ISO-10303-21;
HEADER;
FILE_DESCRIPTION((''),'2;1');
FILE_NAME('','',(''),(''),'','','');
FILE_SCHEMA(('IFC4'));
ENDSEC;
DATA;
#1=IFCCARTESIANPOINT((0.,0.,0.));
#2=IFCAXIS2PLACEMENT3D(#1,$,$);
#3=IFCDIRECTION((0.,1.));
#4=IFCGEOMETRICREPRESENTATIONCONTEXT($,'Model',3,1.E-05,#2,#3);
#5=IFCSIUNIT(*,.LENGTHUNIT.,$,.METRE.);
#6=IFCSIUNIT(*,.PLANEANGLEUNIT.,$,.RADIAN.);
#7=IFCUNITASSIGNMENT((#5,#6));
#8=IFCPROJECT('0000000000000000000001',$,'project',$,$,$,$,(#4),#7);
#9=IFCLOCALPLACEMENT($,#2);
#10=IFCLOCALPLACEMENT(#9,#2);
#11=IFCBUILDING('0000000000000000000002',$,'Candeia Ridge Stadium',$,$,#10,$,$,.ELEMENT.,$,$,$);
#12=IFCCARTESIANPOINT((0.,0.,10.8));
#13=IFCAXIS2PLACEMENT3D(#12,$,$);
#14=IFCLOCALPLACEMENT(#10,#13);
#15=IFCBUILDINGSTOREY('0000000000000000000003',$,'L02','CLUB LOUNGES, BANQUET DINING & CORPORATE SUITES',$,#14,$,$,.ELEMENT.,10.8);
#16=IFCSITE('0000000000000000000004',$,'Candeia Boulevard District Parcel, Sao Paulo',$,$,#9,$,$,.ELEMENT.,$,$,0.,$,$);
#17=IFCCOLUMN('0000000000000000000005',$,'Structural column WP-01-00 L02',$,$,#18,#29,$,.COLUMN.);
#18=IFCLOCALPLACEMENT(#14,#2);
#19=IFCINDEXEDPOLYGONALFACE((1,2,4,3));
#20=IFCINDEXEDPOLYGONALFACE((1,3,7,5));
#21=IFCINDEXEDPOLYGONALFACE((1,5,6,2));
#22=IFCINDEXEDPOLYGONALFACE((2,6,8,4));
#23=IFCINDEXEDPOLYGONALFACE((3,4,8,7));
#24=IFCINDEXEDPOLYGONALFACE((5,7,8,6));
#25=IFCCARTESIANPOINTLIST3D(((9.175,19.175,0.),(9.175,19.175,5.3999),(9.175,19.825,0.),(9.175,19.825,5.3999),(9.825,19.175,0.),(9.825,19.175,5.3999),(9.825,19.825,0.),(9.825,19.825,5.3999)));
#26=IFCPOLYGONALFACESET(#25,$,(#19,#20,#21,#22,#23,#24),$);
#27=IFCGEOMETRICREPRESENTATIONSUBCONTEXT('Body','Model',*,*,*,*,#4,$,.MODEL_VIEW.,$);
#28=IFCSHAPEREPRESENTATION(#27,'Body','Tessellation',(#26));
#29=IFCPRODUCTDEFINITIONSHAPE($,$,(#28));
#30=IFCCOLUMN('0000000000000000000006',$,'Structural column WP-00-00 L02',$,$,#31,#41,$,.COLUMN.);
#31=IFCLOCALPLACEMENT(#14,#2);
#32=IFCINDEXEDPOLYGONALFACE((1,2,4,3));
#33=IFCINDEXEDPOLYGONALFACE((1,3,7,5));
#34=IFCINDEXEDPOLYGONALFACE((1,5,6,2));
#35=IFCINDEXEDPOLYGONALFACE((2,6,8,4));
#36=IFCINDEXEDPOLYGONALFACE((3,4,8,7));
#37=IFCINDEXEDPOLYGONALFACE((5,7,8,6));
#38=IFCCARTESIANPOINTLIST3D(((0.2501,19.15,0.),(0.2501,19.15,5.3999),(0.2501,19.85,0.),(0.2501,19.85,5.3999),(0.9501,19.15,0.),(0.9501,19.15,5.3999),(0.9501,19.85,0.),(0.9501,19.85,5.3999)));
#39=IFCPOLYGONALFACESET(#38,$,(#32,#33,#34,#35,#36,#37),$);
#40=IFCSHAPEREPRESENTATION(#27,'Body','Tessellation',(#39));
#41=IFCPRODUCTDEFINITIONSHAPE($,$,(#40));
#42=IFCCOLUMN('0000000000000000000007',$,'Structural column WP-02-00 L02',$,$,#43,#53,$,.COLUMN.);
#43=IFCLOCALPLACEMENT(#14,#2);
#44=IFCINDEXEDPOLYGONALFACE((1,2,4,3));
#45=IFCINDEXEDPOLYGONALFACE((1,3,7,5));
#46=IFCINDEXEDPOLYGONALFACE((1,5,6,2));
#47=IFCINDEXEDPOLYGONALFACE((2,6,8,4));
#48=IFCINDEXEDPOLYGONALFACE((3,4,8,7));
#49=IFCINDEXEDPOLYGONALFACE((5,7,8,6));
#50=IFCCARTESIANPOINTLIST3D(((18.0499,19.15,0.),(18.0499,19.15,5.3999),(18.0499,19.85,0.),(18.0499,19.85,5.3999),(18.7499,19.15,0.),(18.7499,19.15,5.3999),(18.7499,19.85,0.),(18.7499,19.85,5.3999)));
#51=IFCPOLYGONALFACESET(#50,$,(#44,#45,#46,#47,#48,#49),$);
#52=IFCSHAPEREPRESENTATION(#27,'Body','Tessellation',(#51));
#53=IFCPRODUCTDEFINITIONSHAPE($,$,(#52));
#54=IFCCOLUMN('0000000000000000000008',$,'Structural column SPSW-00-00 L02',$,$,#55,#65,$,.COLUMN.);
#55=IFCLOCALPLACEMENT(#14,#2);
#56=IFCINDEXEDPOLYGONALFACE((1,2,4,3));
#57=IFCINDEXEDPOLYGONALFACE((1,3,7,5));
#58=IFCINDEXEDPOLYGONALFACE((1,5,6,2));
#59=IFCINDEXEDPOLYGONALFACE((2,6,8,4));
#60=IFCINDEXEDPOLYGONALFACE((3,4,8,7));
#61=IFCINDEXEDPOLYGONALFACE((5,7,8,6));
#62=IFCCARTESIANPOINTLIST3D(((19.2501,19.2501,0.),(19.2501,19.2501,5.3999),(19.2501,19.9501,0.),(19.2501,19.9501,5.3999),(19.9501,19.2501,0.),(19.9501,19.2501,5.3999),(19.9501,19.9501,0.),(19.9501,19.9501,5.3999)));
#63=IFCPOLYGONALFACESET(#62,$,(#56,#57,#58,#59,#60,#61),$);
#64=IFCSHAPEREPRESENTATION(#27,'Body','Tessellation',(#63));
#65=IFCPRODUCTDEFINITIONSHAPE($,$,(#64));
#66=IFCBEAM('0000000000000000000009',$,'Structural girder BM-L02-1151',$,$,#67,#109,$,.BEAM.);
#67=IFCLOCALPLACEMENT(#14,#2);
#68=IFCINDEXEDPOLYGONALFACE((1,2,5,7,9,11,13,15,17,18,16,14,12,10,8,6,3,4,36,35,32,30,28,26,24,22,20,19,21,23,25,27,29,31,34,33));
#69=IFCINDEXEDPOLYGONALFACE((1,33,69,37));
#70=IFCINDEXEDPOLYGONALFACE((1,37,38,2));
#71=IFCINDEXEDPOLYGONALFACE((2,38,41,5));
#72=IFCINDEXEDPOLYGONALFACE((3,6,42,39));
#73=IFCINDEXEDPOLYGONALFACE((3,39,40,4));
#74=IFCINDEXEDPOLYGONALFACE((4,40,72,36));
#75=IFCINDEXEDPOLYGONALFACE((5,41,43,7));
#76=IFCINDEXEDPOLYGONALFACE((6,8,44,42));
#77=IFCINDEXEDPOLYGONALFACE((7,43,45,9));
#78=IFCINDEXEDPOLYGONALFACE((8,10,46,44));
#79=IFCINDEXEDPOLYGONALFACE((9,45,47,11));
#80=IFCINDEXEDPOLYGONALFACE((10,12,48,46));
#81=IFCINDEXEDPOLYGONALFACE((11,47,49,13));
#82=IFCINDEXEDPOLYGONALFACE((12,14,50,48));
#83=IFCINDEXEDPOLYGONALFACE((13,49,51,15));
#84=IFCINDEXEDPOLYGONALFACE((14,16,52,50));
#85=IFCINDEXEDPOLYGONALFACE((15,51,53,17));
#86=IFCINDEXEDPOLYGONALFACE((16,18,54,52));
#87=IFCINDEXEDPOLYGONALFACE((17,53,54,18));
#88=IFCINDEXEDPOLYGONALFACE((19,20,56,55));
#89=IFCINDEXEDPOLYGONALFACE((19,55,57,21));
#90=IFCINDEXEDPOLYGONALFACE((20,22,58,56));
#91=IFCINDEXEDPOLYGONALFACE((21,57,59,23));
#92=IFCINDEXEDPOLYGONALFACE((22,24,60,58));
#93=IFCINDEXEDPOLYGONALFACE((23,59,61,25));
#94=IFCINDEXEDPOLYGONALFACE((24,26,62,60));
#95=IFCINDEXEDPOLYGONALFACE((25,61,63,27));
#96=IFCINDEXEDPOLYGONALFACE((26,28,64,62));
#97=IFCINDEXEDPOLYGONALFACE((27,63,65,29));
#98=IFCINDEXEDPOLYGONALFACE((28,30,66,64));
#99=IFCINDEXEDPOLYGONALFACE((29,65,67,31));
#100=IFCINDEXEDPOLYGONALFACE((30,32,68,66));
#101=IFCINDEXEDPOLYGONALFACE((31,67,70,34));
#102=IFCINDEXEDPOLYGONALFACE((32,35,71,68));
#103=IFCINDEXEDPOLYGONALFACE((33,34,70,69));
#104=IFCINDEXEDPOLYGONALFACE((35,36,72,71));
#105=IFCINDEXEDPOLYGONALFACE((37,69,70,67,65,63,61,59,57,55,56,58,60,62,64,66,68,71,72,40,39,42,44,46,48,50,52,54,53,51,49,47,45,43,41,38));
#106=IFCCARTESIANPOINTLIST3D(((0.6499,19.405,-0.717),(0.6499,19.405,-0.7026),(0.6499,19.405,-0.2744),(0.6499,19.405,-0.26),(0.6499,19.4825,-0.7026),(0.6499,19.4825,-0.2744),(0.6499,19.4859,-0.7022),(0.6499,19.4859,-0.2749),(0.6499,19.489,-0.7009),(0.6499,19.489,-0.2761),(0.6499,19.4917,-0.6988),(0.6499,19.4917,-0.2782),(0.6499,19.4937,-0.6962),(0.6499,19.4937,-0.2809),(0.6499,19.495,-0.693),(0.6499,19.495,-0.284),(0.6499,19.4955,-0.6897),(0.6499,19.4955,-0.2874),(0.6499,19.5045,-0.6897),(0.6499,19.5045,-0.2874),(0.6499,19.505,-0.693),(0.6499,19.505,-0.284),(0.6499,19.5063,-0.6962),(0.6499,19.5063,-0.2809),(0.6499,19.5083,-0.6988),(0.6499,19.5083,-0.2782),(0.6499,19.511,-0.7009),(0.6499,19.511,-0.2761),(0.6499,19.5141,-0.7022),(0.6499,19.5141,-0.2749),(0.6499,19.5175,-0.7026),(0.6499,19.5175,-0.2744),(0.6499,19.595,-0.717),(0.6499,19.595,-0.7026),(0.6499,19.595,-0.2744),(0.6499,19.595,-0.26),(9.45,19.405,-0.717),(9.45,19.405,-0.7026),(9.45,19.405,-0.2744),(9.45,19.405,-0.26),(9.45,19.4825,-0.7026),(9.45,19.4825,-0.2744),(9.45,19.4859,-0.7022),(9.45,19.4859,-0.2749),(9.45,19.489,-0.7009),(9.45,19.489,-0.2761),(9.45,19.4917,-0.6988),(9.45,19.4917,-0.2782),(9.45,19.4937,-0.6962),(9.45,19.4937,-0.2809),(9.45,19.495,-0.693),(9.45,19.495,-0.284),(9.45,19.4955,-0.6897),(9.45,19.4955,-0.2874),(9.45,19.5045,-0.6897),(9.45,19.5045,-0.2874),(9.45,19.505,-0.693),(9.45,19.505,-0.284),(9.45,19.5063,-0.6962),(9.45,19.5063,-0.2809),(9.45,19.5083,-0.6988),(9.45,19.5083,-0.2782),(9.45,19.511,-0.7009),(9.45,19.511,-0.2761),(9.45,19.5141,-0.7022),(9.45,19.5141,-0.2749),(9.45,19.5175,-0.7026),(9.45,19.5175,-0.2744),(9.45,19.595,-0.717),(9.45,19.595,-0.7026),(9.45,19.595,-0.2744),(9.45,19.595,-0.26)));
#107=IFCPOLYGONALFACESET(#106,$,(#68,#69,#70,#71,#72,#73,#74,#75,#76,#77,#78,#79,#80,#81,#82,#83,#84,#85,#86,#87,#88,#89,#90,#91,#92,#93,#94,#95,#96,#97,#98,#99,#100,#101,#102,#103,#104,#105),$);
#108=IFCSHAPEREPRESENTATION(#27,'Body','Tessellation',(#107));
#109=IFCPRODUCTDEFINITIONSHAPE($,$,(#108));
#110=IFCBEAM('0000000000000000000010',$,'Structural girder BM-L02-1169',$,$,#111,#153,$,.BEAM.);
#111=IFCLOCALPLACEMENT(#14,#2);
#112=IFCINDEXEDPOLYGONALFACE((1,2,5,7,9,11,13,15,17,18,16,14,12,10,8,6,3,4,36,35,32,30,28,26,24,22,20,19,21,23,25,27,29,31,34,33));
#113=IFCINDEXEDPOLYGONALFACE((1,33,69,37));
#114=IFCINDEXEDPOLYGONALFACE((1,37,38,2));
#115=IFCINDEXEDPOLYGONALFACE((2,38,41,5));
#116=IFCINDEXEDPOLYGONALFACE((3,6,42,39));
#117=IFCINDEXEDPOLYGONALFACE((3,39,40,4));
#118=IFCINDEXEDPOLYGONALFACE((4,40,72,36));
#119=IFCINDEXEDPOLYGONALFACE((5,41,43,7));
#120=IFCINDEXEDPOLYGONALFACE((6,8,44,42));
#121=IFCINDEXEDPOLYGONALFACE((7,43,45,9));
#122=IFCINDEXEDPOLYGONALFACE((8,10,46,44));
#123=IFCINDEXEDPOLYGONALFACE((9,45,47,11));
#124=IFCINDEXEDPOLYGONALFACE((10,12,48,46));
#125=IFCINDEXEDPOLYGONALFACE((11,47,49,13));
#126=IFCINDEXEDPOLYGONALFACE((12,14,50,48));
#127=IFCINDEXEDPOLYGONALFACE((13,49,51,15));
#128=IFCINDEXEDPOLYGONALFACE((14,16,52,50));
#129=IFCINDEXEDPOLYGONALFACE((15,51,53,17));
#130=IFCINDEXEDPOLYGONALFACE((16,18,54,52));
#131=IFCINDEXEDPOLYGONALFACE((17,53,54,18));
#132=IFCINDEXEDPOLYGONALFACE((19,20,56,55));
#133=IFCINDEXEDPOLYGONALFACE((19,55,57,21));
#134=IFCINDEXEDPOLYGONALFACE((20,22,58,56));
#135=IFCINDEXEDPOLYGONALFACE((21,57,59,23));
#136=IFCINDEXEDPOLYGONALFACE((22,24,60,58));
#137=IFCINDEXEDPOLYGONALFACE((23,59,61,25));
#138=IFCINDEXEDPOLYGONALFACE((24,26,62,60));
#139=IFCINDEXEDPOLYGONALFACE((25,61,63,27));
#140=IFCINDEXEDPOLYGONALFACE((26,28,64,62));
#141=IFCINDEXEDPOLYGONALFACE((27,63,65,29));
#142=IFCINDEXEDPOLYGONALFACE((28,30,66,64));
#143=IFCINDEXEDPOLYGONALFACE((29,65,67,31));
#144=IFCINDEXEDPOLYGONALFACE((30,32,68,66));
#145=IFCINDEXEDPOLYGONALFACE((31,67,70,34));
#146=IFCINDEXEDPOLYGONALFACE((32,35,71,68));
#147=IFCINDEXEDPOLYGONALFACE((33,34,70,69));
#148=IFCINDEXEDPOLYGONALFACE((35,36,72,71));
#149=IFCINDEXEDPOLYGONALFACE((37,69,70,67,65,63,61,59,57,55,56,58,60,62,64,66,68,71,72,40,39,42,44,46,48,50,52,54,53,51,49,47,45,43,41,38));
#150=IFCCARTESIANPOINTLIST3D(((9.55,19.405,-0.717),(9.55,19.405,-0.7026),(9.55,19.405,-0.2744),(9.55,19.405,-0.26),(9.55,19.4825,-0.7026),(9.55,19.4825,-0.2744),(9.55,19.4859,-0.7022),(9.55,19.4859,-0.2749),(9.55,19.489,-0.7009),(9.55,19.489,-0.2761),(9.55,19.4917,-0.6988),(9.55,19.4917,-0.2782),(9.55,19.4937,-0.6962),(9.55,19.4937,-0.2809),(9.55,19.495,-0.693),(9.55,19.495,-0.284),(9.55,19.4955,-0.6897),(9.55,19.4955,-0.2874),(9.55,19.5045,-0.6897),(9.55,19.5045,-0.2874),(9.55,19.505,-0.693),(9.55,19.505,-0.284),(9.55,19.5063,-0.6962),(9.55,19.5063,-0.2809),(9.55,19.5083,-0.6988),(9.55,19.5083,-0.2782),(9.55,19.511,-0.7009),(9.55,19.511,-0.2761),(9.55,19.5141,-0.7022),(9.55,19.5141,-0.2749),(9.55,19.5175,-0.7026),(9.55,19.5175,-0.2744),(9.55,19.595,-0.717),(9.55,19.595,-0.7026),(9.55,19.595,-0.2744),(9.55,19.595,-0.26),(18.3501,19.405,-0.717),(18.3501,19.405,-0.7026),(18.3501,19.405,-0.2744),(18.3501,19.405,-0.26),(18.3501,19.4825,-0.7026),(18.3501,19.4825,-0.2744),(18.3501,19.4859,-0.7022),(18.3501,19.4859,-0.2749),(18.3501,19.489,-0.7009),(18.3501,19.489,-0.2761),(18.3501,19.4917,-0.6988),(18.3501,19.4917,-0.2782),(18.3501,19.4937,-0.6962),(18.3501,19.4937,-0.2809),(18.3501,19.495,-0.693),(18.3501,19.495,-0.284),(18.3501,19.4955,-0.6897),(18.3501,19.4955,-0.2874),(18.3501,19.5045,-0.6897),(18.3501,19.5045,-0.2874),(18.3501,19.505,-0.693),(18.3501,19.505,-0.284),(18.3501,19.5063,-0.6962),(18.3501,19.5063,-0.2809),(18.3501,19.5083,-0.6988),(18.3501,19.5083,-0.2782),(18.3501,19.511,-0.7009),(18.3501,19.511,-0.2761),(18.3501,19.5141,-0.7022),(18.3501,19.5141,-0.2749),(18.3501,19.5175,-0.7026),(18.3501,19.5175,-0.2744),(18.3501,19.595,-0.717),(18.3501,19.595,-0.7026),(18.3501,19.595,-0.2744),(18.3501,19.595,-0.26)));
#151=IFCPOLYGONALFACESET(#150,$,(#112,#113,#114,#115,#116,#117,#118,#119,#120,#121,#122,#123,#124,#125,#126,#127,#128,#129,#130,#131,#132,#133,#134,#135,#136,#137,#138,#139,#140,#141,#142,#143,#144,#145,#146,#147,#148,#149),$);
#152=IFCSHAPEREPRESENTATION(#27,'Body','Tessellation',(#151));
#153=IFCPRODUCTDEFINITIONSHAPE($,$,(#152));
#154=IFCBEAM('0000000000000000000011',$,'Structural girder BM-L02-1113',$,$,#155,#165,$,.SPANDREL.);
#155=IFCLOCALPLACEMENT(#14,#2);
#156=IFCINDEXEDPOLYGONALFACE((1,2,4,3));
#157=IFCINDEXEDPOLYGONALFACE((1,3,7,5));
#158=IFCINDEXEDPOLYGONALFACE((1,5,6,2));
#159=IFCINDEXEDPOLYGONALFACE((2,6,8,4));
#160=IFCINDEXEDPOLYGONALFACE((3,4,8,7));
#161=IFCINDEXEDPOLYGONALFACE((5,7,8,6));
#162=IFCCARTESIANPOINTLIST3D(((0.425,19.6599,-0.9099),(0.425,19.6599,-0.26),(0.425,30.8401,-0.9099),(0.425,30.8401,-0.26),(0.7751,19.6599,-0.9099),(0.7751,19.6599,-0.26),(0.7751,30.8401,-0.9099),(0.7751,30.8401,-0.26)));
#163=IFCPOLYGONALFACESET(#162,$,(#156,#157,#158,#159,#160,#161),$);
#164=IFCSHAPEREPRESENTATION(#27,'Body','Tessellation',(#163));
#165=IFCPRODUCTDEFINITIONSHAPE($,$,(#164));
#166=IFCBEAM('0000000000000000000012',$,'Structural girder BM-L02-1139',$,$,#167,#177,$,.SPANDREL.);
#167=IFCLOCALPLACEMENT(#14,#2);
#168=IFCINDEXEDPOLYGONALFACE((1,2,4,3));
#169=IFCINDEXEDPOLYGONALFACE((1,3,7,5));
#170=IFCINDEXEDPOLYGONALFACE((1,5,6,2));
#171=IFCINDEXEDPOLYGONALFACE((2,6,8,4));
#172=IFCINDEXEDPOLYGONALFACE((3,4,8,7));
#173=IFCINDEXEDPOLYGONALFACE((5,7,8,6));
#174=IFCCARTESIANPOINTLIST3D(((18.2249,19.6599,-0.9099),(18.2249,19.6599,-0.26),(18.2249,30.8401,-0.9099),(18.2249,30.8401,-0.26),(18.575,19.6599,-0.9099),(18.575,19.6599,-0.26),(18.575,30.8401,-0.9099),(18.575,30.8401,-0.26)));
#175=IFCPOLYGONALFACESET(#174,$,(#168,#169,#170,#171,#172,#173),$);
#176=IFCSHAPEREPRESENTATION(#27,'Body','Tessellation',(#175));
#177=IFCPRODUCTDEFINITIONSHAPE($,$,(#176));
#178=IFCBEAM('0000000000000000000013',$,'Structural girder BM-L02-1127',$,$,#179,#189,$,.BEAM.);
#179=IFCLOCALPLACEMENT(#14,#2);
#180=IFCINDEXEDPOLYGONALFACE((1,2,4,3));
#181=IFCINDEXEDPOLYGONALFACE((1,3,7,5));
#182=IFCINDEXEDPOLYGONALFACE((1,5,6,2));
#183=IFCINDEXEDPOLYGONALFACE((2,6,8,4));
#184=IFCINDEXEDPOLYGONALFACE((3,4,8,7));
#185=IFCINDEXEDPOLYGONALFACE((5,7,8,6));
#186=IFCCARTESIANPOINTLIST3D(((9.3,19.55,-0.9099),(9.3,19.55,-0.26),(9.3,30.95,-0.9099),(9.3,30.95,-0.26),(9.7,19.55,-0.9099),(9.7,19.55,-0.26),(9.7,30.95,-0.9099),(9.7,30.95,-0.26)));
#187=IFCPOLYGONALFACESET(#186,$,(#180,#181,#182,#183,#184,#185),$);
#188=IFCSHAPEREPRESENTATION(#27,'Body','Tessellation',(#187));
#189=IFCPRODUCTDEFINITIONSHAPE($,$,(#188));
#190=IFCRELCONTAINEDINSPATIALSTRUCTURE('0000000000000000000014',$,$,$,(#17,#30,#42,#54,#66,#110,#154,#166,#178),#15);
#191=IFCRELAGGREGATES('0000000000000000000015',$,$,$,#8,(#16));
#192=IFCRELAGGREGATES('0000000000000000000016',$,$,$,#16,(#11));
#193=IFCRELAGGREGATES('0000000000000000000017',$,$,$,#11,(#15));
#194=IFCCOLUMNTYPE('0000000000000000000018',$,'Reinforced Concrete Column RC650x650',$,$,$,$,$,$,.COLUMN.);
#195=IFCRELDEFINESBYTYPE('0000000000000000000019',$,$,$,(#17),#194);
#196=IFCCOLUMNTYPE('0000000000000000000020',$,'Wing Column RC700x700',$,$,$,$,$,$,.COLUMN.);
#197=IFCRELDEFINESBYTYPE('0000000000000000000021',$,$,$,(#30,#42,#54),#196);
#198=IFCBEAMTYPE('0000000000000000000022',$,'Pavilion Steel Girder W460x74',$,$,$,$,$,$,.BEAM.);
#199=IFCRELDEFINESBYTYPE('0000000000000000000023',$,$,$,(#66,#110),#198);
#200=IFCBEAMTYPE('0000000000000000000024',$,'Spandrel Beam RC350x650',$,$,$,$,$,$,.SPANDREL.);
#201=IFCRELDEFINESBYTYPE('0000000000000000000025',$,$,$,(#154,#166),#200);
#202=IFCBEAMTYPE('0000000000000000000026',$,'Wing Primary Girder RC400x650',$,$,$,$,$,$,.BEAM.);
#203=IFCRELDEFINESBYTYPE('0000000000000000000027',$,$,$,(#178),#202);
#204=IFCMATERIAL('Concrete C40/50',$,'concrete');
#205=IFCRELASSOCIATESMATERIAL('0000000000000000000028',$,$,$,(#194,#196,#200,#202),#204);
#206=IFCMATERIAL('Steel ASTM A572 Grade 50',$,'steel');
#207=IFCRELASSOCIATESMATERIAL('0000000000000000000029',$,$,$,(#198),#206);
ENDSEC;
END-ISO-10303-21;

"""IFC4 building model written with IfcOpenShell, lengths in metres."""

from ifc_helpers import new_model, si_unit, direction, frame, origin, origin_2d, place, context, subcontext, project, spatial, rectangle, i_section, extrude, material, material_profile, profile_set, type_object, element, save


model = new_model("IFC4")

# Units and contexts
model_context = context("Model", 3, precision=1e-05, world=origin(), true_north=direction((0.0, 1.0)))
body_context = subcontext(model_context, "Body", "Model", "MODEL_VIEW")
ifc_project = project(units=[si_unit("LENGTHUNIT", "METRE"), si_unit("PLANEANGLEUNIT", "RADIAN")], contexts=[model_context])

# Site, building, storey
site_placement = place(None, origin())
site = spatial("IfcSite", under=ifc_project, at=site_placement, Name="Candeia Boulevard District Parcel, Sao Paulo", CompositionType="ELEMENT", RefElevation=0.0)
building_placement = place(site_placement, origin())
building = spatial("IfcBuilding", under=site, at=building_placement, Name="Candeia Ridge Stadium", CompositionType="ELEMENT")
storey_placement = place(building_placement, frame((0.0, 0.0, 10.8)))
storey = spatial("IfcBuildingStorey", under=building, at=storey_placement, Name="L02", Description="CLUB LOUNGES, BANQUET DINING & CORPORATE SUITES", CompositionType="ELEMENT", Elevation=10.8)

# Columns
ifc_material_1 = material(Name="Concrete C40/50", Category="concrete")
ifc_material_profile_1 = material_profile(ifc_material_1, rectangle(XDim=0.6499, YDim=0.6499, at=origin_2d()), Name="RC650x650", Category="concrete")
ifc_profile_set_1 = profile_set([ifc_material_profile_1], Name="Concrete C40/50")
column_type_1 = type_object("IfcColumnType", Name="Reinforced Concrete Column RC650x650", PredefinedType="COLUMN", material=ifc_profile_set_1)
column_placement = place(storey_placement, frame((9.5, 19.5, 0.0), z_axis=(0.0, 0.0, 1.0), x_axis=(1.0, 0.0, 0.0)))
element("IfcColumn", 1, at=column_placement, inside=storey, type_object=column_type_1, Name="Structural column WP-01-00 L02", PredefinedType="COLUMN", context=body_context, shape_type="SweptSolid", body=[
    extrude(rectangle(XDim=0.6499, YDim=0.6499, at=origin_2d()), origin(), (0.0, 0.0, 1.0), 5.3999),
])
ifc_material_profile_2 = material_profile(ifc_material_1, rectangle(XDim=0.7, YDim=0.7, at=origin_2d()), Name="RC700x700", Category="concrete")
ifc_profile_set_2 = profile_set([ifc_material_profile_2], Name="Concrete C40/50")
column_type_2 = type_object("IfcColumnType", Name="Wing Column RC700x700", PredefinedType="COLUMN", material=ifc_profile_set_2)
for number, where, z_axis, x_axis, name in (
    (2, (0.6001, 19.5, 0.0), (0.0, 0.0, 1.0), (1.0, 0.0, 0.0), "Structural column WP-00-00 L02"),
    (3, (18.3999, 19.5, 0.0), (0.0, 0.0, 1.0), (1.0, 0.0, 0.0), "Structural column WP-02-00 L02"),
    (4, (19.6001, 19.6001, 0.0), (0.0, 0.0, 1.0), (1.0, 0.0, 0.0), "Structural column SPSW-00-00 L02"),
):
    element("IfcColumn", number, at=place(storey_placement, frame(where, z_axis=z_axis, x_axis=x_axis)), inside=storey, type_object=column_type_2, Name=name, PredefinedType="COLUMN", context=body_context, shape_type="SweptSolid", body=[
        extrude(rectangle(XDim=0.7, YDim=0.7, at=origin_2d()), origin(), (0.0, 0.0, 1.0), 5.3999),
    ])

# Beams
ifc_material_2 = material(Name="Steel ASTM A572 Grade 50", Category="steel")
ifc_material_profile_3 = material_profile(ifc_material_2, i_section(OverallWidth=0.1899, OverallDepth=0.457, WebThickness=0.009, FlangeThickness=0.0144, FilletRadius=0.0129, at=origin_2d()), Name="W460x74", Category="steel")
ifc_profile_set_3 = profile_set([ifc_material_profile_3], Name="Steel ASTM A572 Grade 50")
beam_type_1 = type_object("IfcBeamType", Name="Pavilion Steel Girder W460x74", PredefinedType="BEAM", material=ifc_profile_set_3)
for number, where, z_axis, x_axis, name in (
    (5, (0.6499, 19.5, -0.4885), (1.0, 0.0, 0.0), (0.0, 1.0, 0.0), "Structural girder BM-L02-1151"),
    (6, (9.55, 19.5, -0.4885), (1.0, 0.0, 0.0), (0.0, 1.0, 0.0), "Structural girder BM-L02-1169"),
):
    element("IfcBeam", number, at=place(storey_placement, frame(where, z_axis=z_axis, x_axis=x_axis)), inside=storey, type_object=beam_type_1, Name=name, PredefinedType="BEAM", context=body_context, shape_type="SweptSolid", body=[
        extrude(i_section(OverallWidth=0.1899, OverallDepth=0.457, WebThickness=0.009, FlangeThickness=0.0144, FilletRadius=0.0129, at=origin_2d()), origin(), (0.0, 0.0, 1.0), 8.8),
    ])
ifc_material_profile_4 = material_profile(ifc_material_1, rectangle(XDim=0.3501, YDim=0.6499, at=origin_2d()), Name="RC350x650", Category="concrete")
ifc_profile_set_4 = profile_set([ifc_material_profile_4], Name="Concrete C40/50")
beam_type_2 = type_object("IfcBeamType", Name="Spandrel Beam RC350x650", PredefinedType="SPANDREL", material=ifc_profile_set_4)
for number, where, z_axis, x_axis, name in (
    (7, (0.6001, 19.6599, -0.585), (0.0, 1.0, 0.0), (-1.0, 0.0, 0.0), "Structural girder BM-L02-1113"),
    (8, (18.3999, 19.6599, -0.585), (0.0, 1.0, 0.0), (-1.0, 0.0, 0.0), "Structural girder BM-L02-1139"),
):
    element("IfcBeam", number, at=place(storey_placement, frame(where, z_axis=z_axis, x_axis=x_axis)), inside=storey, type_object=beam_type_2, Name=name, PredefinedType="SPANDREL", context=body_context, shape_type="SweptSolid", body=[
        extrude(rectangle(XDim=0.3501, YDim=0.6499, at=origin_2d()), origin(), (0.0, 0.0, 1.0), 11.1802),
    ])
ifc_material_profile_5 = material_profile(ifc_material_1, rectangle(XDim=0.3999, YDim=0.6499, at=origin_2d()), Name="RC400x650", Category="concrete")
ifc_profile_set_5 = profile_set([ifc_material_profile_5], Name="Concrete C40/50")
beam_type_3 = type_object("IfcBeamType", Name="Wing Primary Girder RC400x650", PredefinedType="BEAM", material=ifc_profile_set_5)
beam_placement = place(storey_placement, frame((9.5, 19.55, -0.585), z_axis=(0.0, 1.0, 0.0), x_axis=(-1.0, 0.0, 0.0)))
element("IfcBeam", 9, at=beam_placement, inside=storey, type_object=beam_type_3, Name="Structural girder BM-L02-1127", PredefinedType="BEAM", context=body_context, shape_type="SweptSolid", body=[
    extrude(rectangle(XDim=0.3999, YDim=0.6499, at=origin_2d()), origin(), (0.0, 0.0, 1.0), 11.3999),
])

save(model, "model.ifc")
